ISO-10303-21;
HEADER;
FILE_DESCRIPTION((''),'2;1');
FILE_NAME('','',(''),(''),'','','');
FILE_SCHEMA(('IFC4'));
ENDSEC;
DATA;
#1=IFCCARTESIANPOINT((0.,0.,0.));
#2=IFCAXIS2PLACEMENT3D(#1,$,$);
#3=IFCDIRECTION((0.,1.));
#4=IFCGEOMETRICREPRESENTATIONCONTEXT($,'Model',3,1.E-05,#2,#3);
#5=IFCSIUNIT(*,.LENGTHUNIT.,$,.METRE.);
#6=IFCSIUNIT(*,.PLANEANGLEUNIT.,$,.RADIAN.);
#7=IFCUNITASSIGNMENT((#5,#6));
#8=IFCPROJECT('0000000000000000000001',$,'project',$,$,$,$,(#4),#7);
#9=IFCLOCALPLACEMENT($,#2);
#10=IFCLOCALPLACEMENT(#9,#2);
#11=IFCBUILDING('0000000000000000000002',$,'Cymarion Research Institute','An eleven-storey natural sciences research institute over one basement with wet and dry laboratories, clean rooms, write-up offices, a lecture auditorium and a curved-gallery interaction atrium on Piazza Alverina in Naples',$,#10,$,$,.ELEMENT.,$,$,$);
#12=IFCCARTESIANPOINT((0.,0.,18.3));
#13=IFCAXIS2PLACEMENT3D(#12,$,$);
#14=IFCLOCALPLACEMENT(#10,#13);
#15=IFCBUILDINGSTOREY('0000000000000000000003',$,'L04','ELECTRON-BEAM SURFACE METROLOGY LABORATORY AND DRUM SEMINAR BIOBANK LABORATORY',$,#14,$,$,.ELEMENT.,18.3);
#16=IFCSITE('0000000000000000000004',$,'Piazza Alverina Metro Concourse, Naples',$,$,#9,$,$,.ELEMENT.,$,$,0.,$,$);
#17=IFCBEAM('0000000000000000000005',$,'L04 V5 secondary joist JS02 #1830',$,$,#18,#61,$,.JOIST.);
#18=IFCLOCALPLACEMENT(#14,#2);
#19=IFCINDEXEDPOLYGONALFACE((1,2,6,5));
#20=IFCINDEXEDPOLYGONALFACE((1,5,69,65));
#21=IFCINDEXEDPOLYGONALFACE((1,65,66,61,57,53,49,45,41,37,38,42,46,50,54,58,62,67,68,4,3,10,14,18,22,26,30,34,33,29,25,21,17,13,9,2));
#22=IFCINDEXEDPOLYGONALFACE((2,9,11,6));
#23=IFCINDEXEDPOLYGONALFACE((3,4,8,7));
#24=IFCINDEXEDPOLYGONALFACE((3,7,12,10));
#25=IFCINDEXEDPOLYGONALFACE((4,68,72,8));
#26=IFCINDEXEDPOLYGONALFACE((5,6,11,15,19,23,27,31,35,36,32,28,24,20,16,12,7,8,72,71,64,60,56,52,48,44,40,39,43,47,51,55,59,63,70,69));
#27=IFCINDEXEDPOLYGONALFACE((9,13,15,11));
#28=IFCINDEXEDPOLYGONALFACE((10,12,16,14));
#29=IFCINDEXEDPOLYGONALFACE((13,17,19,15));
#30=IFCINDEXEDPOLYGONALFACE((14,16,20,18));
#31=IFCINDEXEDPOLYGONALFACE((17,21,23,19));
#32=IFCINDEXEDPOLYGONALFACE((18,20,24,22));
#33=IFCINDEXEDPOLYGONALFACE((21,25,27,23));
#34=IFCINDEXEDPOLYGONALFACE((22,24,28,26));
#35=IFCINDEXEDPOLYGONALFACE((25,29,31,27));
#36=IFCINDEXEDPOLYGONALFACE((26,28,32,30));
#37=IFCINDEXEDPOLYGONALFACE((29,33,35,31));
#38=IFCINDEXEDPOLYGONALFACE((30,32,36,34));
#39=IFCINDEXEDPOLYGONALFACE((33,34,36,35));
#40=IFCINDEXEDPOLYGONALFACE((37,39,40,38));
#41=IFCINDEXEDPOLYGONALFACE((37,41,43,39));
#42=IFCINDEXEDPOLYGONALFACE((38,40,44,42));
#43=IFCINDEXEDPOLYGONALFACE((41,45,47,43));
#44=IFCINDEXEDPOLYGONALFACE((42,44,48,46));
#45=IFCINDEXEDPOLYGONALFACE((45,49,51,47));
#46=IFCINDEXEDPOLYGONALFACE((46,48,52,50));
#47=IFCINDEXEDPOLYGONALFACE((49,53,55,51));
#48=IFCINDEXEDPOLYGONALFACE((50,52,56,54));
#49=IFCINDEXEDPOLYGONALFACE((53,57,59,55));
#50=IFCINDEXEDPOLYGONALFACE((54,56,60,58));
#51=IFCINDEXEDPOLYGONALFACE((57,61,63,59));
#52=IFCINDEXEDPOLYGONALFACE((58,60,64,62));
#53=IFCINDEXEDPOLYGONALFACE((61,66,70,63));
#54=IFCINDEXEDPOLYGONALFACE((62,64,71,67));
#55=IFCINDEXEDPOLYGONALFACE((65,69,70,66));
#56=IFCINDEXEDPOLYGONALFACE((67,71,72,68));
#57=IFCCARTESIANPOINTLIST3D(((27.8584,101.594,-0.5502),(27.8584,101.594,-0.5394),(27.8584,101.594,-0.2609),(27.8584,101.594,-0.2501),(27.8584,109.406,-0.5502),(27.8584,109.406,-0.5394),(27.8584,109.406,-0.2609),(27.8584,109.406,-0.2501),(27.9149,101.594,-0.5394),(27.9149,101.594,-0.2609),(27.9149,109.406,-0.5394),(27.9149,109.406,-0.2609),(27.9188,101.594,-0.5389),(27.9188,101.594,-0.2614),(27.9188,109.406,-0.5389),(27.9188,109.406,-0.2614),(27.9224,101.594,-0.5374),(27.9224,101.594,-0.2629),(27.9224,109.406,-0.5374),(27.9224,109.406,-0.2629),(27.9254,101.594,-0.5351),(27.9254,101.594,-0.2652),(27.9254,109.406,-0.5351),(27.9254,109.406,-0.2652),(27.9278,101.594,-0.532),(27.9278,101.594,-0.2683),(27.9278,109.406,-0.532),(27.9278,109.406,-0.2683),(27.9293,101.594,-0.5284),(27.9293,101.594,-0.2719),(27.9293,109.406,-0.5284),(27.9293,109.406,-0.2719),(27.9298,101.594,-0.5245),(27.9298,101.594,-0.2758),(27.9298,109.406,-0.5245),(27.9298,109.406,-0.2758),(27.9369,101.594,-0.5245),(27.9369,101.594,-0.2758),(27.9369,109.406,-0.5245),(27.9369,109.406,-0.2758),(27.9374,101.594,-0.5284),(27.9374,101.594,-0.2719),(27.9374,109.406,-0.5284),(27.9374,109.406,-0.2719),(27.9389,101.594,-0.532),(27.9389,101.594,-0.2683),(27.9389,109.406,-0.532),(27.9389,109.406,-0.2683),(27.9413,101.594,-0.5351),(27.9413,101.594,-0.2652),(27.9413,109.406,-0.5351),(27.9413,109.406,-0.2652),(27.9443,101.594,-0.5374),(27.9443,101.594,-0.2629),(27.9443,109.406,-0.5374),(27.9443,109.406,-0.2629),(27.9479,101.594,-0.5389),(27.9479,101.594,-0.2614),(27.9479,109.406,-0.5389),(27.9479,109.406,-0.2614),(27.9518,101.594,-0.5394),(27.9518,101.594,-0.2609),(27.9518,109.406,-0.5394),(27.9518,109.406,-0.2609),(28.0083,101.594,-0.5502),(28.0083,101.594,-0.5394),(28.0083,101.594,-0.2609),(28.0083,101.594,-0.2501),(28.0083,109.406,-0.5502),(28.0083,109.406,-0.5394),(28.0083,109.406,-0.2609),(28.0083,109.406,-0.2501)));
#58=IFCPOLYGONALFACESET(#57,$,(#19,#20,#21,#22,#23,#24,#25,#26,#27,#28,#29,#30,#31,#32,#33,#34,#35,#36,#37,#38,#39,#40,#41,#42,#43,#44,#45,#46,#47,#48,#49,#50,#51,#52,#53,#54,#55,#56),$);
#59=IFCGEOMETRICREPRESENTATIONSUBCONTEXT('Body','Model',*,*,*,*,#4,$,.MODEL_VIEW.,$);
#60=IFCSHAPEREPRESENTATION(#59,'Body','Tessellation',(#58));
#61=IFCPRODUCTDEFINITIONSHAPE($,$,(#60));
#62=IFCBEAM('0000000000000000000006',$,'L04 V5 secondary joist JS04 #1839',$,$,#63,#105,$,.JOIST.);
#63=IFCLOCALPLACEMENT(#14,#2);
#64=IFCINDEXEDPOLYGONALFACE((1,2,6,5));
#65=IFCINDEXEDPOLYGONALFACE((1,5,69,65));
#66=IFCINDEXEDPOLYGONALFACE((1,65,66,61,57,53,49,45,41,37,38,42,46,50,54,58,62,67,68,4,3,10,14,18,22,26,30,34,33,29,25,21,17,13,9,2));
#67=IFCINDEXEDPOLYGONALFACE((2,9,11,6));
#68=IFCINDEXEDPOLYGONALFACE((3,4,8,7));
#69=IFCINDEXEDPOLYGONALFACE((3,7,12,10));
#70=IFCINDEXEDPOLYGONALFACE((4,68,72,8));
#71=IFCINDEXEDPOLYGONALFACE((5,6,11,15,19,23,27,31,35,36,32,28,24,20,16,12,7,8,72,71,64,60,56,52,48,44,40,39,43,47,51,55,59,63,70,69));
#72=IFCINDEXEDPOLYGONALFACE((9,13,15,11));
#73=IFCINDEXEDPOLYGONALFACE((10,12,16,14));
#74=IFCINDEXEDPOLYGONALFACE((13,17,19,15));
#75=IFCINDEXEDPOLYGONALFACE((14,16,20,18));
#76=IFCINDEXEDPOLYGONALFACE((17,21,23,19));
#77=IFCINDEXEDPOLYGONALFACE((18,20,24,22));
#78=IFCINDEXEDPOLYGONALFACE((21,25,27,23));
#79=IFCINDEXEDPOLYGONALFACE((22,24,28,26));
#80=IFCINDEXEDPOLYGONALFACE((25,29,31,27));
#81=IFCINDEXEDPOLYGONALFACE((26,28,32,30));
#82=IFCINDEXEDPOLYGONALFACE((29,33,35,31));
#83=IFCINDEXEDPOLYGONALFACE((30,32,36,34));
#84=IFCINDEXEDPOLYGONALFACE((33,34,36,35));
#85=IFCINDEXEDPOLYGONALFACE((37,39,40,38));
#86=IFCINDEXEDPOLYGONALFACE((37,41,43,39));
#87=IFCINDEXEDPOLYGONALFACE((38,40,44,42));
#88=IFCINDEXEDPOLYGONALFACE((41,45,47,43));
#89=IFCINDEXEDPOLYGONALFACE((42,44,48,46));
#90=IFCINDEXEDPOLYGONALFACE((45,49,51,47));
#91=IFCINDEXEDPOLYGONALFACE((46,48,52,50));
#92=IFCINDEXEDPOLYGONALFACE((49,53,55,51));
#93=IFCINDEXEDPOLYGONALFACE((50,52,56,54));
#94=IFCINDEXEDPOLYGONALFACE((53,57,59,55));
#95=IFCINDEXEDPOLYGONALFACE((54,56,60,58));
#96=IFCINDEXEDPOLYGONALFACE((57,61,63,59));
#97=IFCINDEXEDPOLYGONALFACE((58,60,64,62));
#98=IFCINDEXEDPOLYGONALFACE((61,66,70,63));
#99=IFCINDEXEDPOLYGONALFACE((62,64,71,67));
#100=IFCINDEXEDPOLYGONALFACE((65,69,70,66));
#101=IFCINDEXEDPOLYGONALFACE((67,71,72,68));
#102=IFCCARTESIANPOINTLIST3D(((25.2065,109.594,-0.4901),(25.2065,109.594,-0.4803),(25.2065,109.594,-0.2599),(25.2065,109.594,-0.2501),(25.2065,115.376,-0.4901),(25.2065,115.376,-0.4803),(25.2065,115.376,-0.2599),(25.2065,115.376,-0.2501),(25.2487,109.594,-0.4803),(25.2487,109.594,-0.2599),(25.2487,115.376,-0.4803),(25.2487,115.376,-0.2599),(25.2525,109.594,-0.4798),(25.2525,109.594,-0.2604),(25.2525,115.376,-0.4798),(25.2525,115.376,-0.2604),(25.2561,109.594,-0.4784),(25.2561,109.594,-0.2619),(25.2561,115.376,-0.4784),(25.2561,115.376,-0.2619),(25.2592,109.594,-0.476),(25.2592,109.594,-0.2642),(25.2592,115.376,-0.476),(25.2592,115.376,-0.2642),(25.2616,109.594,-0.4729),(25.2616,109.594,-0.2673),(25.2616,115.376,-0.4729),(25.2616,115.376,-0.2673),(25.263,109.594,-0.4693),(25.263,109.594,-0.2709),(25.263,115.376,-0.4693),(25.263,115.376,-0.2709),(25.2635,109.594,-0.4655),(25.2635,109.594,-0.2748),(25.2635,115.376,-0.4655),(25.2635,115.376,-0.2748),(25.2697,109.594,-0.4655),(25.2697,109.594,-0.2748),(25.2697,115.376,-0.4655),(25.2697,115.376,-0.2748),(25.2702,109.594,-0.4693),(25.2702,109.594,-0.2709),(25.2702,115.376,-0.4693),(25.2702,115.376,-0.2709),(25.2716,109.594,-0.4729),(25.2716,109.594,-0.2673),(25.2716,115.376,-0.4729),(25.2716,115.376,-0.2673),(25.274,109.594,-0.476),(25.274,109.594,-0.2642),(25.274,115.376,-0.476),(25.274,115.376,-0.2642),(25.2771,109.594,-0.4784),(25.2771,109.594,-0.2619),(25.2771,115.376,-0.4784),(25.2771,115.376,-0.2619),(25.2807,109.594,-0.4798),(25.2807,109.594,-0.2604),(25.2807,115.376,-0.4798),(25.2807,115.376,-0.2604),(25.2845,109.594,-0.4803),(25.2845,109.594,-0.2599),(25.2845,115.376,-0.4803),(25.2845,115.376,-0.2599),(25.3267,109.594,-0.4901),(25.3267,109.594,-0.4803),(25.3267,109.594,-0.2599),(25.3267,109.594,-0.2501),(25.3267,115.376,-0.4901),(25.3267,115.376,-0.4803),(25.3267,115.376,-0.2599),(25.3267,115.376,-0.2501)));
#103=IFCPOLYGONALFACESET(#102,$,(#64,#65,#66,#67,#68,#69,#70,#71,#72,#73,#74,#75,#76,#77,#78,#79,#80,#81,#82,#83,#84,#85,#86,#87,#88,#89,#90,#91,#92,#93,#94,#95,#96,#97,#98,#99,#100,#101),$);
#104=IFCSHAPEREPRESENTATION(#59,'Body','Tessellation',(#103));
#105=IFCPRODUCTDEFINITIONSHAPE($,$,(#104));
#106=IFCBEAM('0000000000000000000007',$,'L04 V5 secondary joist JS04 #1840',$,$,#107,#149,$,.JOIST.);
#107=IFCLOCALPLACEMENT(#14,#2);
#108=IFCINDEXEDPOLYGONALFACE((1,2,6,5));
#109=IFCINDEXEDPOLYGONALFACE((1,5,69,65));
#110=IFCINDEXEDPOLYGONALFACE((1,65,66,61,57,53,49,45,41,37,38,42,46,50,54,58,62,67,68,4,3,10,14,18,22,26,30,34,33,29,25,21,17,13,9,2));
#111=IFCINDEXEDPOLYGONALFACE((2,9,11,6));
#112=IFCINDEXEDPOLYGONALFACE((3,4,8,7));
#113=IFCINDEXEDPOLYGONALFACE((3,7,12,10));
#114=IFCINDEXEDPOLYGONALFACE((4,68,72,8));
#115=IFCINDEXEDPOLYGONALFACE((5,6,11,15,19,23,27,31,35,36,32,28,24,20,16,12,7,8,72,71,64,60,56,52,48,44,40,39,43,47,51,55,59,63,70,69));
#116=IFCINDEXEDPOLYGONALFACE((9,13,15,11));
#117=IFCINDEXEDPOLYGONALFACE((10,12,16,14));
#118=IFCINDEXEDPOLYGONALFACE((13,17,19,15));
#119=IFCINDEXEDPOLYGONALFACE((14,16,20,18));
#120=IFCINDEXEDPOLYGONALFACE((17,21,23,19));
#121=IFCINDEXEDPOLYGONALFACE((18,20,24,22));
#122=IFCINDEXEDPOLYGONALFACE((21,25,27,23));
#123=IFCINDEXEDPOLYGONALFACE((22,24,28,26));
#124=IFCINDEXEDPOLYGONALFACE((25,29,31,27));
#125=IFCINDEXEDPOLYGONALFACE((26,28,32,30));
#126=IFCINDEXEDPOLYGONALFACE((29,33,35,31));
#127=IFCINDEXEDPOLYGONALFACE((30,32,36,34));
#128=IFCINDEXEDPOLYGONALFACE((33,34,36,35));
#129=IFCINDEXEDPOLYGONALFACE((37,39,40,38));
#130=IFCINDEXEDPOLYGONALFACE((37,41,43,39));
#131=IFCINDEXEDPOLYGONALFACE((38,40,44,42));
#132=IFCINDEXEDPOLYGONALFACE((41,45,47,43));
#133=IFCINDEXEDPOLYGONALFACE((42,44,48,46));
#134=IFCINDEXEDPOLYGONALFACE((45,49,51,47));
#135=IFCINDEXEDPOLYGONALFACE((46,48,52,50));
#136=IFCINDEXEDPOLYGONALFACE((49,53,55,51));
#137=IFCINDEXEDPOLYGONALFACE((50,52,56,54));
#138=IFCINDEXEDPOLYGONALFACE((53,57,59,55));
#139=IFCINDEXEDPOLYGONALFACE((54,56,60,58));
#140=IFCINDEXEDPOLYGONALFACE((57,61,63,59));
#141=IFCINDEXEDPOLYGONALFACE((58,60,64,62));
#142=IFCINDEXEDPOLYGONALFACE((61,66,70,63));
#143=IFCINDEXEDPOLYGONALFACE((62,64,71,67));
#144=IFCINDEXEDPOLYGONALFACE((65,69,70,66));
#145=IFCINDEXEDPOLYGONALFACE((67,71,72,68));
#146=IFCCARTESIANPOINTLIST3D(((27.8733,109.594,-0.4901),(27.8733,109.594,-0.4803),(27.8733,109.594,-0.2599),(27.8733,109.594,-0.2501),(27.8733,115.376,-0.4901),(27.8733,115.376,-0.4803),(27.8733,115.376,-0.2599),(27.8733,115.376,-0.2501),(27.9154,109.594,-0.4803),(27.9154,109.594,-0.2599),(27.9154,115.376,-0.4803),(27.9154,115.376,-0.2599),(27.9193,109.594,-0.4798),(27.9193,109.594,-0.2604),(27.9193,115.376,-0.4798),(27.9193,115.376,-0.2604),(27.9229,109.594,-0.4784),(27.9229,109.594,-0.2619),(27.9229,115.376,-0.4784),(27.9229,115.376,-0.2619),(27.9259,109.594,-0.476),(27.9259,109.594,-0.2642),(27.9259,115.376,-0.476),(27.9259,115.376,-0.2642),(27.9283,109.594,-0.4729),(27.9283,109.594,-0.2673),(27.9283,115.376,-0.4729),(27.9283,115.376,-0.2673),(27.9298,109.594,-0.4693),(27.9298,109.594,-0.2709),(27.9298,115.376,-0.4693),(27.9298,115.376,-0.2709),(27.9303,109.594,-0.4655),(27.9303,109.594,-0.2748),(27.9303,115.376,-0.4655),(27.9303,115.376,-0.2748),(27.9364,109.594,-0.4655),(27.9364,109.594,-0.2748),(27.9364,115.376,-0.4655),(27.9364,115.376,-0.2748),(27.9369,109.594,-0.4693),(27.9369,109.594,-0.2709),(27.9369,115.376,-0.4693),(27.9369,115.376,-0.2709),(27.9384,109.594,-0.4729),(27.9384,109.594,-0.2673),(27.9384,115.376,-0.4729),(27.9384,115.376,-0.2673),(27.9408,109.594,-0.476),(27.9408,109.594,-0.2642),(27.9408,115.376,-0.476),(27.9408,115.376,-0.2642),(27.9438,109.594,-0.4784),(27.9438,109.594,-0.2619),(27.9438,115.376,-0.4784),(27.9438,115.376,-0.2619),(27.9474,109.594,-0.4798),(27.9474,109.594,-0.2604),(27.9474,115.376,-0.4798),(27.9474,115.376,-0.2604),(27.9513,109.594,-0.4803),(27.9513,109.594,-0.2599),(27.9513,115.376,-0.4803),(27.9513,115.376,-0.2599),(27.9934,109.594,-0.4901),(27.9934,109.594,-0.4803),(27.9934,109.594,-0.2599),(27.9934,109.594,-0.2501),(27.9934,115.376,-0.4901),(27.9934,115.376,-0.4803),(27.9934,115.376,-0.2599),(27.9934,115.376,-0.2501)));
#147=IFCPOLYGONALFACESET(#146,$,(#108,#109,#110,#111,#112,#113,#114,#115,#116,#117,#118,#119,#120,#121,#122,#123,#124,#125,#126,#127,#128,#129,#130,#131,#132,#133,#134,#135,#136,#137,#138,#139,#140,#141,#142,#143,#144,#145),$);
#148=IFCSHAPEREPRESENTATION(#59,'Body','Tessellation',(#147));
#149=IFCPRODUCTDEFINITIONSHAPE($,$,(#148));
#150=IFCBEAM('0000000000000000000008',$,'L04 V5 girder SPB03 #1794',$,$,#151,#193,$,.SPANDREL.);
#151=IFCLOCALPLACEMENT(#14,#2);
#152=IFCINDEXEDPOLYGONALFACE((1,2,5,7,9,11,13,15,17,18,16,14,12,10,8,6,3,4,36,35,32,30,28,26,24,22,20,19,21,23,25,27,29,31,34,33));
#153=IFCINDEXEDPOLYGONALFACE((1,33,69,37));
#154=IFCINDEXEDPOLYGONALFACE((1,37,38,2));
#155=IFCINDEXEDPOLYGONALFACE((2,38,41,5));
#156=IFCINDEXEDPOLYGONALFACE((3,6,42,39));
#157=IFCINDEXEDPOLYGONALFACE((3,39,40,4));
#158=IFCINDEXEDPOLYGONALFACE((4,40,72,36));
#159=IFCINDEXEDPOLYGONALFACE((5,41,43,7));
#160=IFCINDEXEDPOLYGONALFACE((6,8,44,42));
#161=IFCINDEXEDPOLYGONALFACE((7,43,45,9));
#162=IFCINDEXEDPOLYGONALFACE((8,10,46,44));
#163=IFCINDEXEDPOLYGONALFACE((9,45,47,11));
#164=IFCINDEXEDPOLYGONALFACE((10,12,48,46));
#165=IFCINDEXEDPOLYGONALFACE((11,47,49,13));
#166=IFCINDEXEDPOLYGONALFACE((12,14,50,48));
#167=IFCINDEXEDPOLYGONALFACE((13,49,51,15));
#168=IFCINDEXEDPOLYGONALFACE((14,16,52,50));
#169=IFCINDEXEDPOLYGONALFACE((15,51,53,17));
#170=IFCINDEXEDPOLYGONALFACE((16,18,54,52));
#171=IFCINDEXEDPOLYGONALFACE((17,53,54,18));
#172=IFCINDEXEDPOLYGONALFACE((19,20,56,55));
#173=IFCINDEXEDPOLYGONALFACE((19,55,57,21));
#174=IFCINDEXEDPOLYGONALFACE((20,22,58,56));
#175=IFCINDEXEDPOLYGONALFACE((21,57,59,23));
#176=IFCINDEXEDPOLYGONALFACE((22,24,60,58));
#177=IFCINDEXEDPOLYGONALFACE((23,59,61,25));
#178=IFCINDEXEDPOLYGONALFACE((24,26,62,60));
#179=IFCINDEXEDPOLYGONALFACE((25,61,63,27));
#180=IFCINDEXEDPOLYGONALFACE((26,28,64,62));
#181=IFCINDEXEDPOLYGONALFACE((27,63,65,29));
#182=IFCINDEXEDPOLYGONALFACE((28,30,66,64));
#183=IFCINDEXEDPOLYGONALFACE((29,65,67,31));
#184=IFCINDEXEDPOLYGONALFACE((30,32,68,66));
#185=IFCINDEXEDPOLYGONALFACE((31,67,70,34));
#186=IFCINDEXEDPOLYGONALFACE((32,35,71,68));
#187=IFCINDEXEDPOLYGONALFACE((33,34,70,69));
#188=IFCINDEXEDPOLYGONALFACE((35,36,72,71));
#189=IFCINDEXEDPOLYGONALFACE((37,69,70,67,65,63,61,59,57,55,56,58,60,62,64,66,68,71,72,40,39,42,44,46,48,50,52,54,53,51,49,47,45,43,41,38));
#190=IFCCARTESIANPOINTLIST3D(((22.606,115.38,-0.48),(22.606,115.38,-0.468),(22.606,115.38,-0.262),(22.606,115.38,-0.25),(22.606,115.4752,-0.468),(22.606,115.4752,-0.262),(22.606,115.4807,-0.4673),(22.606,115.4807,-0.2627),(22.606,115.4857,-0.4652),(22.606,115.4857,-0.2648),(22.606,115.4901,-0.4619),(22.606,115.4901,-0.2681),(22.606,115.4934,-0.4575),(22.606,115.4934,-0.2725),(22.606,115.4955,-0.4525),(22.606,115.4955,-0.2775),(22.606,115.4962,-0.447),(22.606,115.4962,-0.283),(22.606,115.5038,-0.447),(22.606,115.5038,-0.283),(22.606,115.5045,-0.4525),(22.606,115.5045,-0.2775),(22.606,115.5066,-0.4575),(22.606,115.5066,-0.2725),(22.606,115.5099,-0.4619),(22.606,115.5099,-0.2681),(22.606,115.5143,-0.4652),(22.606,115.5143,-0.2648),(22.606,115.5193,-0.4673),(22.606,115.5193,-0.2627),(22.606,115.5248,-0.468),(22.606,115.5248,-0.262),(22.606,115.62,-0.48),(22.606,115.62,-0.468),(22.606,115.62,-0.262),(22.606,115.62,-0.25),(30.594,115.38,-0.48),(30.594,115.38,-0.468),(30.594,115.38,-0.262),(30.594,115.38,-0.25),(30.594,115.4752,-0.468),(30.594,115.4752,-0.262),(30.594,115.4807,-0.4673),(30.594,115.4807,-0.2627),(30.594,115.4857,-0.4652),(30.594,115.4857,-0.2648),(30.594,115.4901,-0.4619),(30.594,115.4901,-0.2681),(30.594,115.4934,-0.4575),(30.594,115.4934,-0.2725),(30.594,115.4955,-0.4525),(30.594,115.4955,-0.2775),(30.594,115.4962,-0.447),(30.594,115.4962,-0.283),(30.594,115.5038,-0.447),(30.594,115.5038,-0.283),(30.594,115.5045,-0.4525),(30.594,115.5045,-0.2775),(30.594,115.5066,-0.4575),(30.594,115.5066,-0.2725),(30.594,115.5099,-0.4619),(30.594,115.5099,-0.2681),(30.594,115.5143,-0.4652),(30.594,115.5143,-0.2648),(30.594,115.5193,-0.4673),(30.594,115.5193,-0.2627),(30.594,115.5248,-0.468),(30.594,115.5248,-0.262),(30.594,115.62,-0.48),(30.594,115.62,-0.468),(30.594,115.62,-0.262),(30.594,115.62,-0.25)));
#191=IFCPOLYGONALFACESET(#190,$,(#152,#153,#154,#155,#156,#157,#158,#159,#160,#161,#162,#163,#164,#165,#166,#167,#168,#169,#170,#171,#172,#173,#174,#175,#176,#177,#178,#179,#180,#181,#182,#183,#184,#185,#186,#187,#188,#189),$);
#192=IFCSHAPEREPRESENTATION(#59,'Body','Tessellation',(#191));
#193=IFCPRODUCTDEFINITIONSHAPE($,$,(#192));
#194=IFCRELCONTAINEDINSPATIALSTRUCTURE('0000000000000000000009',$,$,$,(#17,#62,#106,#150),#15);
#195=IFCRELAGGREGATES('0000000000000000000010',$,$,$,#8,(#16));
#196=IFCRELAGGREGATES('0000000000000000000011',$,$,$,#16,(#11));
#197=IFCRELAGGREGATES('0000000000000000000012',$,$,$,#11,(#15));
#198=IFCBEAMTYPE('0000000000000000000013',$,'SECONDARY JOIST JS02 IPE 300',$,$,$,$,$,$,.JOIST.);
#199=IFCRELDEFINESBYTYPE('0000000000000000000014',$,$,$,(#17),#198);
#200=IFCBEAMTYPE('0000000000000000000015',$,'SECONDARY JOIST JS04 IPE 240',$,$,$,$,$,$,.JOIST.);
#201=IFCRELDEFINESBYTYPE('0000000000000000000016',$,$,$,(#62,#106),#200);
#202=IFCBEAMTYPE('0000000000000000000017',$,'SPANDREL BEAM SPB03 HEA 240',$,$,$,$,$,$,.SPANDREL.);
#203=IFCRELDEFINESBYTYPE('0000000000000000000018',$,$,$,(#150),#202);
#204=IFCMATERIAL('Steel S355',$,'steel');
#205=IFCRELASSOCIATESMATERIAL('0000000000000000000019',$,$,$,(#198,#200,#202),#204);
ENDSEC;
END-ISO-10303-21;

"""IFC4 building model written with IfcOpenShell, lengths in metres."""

from ifc_helpers import new_model, si_unit, direction, frame, origin, origin_2d, place, context, subcontext, project, spatial, i_section, extrude, material, material_profile, profile_set, type_object, element, save


model = new_model("IFC4")

# Units and contexts
model_context = context("Model", 3, precision=1e-05, world=origin(), true_north=direction((0.0, 1.0)))
body_context = subcontext(model_context, "Body", "Model", "MODEL_VIEW")
ifc_project = project(units=[si_unit("LENGTHUNIT", "METRE"), si_unit("PLANEANGLEUNIT", "RADIAN")], contexts=[model_context])

# Site, building, storey
site_placement = place(None, origin())
site = spatial("IfcSite", under=ifc_project, at=site_placement, Name="Piazza Alverina Metro Concourse, Naples", CompositionType="ELEMENT", RefElevation=0.0)
building_placement = place(site_placement, origin())
building = spatial("IfcBuilding", under=site, at=building_placement, Name="Cymarion Research Institute", Description="An eleven-storey natural sciences research institute over one basement with wet and dry laboratories, clean rooms, write-up offices, a lecture auditorium and a curved-gallery interaction atrium on Piazza Alverina in Naples", CompositionType="ELEMENT")
storey_placement = place(building_placement, frame((0.0, 0.0, 18.3)))
storey = spatial("IfcBuildingStorey", under=building, at=storey_placement, Name="L04", Description="ELECTRON-BEAM SURFACE METROLOGY LABORATORY AND DRUM SEMINAR BIOBANK LABORATORY", CompositionType="ELEMENT", Elevation=18.3)

# Shared definitions
ifc_material_1 = material(Name="Steel S355", Category="steel")

# Beams
ifc_material_profile_1 = material_profile(ifc_material_1, i_section(OverallWidth=0.1499, OverallDepth=0.3, WebThickness=0.0071, FlangeThickness=0.0107, FilletRadius=0.0149, at=origin_2d()), Name="IPE 300")
ifc_profile_set_1 = profile_set([ifc_material_profile_1], Name="Steel S355")
beam_type_1 = type_object("IfcBeamType", Name="SECONDARY JOIST JS02 IPE 300", PredefinedType="JOIST", material=ifc_profile_set_1)
for number, where, z_axis, x_axis, name in (
    (1, (27.9333, 101.594, -0.4001), (0.0, 1.0, 0.0), (-1.0, 0.0, 0.0), "L04 V5 secondary joist JS02 #1830"),
):
    element("IfcBeam", number, at=place(storey_placement, frame(where, z_axis=z_axis, x_axis=x_axis)), inside=storey, type_object=beam_type_1, Name=name, PredefinedType="JOIST", context=body_context, shape_type="SweptSolid", body=[
        extrude(i_section(OverallWidth=0.1499, OverallDepth=0.3, WebThickness=0.0071, FlangeThickness=0.0107, FilletRadius=0.0149, at=origin_2d()), origin(), (0.0, 0.0, 1.0), 7.812),
    ])
ifc_material_profile_2 = material_profile(ifc_material_1, i_section(OverallWidth=0.1201, OverallDepth=0.24, WebThickness=0.0061, FlangeThickness=0.0098, FilletRadius=0.0149, at=origin_2d()), Name="IPE 240")
ifc_profile_set_2 = profile_set([ifc_material_profile_2], Name="Steel S355")
beam_type_2 = type_object("IfcBeamType", Name="SECONDARY JOIST JS04 IPE 240", PredefinedType="JOIST", material=ifc_profile_set_2)
for number, where, z_axis, x_axis, name in (
    (2, (25.2666, 109.594, -0.3701), (0.0, 1.0, 0.0), (-1.0, 0.0, 0.0), "L04 V5 secondary joist JS04 #1839"),
    (3, (27.9333, 109.594, -0.3701), (0.0, 1.0, 0.0), (-1.0, 0.0, 0.0), "L04 V5 secondary joist JS04 #1840"),
):
    element("IfcBeam", number, at=place(storey_placement, frame(where, z_axis=z_axis, x_axis=x_axis)), inside=storey, type_object=beam_type_2, Name=name, PredefinedType="JOIST", context=body_context, shape_type="SweptSolid", body=[
        extrude(i_section(OverallWidth=0.1201, OverallDepth=0.24, WebThickness=0.0061, FlangeThickness=0.0098, FilletRadius=0.0149, at=origin_2d()), origin(), (0.0, 0.0, 1.0), 5.782),
    ])
ifc_material_profile_3 = material_profile(ifc_material_1, i_section(OverallWidth=0.24, OverallDepth=0.23, WebThickness=0.0076, FlangeThickness=0.012, FilletRadius=0.021, at=origin_2d()), Name="HEA 240")
ifc_profile_set_3 = profile_set([ifc_material_profile_3], Name="Steel S355")
beam_type_3 = type_object("IfcBeamType", Name="SPANDREL BEAM SPB03 HEA 240", PredefinedType="SPANDREL", material=ifc_profile_set_3)
beam_1_placement = place(storey_placement, frame((22.606, 115.5, -0.365), z_axis=(1.0, 0.0, 0.0), x_axis=(0.0, 1.0, 0.0)))
element("IfcBeam", 4, at=beam_1_placement, inside=storey, type_object=beam_type_3, Name="L04 V5 girder SPB03 #1794", PredefinedType="SPANDREL", context=body_context, shape_type="SweptSolid", body=[
    extrude(i_section(OverallWidth=0.24, OverallDepth=0.23, WebThickness=0.0076, FlangeThickness=0.012, FilletRadius=0.021, at=origin_2d()), origin(), (0.0, 0.0, 1.0), 7.988),
])

save(model, "model.ifc")
